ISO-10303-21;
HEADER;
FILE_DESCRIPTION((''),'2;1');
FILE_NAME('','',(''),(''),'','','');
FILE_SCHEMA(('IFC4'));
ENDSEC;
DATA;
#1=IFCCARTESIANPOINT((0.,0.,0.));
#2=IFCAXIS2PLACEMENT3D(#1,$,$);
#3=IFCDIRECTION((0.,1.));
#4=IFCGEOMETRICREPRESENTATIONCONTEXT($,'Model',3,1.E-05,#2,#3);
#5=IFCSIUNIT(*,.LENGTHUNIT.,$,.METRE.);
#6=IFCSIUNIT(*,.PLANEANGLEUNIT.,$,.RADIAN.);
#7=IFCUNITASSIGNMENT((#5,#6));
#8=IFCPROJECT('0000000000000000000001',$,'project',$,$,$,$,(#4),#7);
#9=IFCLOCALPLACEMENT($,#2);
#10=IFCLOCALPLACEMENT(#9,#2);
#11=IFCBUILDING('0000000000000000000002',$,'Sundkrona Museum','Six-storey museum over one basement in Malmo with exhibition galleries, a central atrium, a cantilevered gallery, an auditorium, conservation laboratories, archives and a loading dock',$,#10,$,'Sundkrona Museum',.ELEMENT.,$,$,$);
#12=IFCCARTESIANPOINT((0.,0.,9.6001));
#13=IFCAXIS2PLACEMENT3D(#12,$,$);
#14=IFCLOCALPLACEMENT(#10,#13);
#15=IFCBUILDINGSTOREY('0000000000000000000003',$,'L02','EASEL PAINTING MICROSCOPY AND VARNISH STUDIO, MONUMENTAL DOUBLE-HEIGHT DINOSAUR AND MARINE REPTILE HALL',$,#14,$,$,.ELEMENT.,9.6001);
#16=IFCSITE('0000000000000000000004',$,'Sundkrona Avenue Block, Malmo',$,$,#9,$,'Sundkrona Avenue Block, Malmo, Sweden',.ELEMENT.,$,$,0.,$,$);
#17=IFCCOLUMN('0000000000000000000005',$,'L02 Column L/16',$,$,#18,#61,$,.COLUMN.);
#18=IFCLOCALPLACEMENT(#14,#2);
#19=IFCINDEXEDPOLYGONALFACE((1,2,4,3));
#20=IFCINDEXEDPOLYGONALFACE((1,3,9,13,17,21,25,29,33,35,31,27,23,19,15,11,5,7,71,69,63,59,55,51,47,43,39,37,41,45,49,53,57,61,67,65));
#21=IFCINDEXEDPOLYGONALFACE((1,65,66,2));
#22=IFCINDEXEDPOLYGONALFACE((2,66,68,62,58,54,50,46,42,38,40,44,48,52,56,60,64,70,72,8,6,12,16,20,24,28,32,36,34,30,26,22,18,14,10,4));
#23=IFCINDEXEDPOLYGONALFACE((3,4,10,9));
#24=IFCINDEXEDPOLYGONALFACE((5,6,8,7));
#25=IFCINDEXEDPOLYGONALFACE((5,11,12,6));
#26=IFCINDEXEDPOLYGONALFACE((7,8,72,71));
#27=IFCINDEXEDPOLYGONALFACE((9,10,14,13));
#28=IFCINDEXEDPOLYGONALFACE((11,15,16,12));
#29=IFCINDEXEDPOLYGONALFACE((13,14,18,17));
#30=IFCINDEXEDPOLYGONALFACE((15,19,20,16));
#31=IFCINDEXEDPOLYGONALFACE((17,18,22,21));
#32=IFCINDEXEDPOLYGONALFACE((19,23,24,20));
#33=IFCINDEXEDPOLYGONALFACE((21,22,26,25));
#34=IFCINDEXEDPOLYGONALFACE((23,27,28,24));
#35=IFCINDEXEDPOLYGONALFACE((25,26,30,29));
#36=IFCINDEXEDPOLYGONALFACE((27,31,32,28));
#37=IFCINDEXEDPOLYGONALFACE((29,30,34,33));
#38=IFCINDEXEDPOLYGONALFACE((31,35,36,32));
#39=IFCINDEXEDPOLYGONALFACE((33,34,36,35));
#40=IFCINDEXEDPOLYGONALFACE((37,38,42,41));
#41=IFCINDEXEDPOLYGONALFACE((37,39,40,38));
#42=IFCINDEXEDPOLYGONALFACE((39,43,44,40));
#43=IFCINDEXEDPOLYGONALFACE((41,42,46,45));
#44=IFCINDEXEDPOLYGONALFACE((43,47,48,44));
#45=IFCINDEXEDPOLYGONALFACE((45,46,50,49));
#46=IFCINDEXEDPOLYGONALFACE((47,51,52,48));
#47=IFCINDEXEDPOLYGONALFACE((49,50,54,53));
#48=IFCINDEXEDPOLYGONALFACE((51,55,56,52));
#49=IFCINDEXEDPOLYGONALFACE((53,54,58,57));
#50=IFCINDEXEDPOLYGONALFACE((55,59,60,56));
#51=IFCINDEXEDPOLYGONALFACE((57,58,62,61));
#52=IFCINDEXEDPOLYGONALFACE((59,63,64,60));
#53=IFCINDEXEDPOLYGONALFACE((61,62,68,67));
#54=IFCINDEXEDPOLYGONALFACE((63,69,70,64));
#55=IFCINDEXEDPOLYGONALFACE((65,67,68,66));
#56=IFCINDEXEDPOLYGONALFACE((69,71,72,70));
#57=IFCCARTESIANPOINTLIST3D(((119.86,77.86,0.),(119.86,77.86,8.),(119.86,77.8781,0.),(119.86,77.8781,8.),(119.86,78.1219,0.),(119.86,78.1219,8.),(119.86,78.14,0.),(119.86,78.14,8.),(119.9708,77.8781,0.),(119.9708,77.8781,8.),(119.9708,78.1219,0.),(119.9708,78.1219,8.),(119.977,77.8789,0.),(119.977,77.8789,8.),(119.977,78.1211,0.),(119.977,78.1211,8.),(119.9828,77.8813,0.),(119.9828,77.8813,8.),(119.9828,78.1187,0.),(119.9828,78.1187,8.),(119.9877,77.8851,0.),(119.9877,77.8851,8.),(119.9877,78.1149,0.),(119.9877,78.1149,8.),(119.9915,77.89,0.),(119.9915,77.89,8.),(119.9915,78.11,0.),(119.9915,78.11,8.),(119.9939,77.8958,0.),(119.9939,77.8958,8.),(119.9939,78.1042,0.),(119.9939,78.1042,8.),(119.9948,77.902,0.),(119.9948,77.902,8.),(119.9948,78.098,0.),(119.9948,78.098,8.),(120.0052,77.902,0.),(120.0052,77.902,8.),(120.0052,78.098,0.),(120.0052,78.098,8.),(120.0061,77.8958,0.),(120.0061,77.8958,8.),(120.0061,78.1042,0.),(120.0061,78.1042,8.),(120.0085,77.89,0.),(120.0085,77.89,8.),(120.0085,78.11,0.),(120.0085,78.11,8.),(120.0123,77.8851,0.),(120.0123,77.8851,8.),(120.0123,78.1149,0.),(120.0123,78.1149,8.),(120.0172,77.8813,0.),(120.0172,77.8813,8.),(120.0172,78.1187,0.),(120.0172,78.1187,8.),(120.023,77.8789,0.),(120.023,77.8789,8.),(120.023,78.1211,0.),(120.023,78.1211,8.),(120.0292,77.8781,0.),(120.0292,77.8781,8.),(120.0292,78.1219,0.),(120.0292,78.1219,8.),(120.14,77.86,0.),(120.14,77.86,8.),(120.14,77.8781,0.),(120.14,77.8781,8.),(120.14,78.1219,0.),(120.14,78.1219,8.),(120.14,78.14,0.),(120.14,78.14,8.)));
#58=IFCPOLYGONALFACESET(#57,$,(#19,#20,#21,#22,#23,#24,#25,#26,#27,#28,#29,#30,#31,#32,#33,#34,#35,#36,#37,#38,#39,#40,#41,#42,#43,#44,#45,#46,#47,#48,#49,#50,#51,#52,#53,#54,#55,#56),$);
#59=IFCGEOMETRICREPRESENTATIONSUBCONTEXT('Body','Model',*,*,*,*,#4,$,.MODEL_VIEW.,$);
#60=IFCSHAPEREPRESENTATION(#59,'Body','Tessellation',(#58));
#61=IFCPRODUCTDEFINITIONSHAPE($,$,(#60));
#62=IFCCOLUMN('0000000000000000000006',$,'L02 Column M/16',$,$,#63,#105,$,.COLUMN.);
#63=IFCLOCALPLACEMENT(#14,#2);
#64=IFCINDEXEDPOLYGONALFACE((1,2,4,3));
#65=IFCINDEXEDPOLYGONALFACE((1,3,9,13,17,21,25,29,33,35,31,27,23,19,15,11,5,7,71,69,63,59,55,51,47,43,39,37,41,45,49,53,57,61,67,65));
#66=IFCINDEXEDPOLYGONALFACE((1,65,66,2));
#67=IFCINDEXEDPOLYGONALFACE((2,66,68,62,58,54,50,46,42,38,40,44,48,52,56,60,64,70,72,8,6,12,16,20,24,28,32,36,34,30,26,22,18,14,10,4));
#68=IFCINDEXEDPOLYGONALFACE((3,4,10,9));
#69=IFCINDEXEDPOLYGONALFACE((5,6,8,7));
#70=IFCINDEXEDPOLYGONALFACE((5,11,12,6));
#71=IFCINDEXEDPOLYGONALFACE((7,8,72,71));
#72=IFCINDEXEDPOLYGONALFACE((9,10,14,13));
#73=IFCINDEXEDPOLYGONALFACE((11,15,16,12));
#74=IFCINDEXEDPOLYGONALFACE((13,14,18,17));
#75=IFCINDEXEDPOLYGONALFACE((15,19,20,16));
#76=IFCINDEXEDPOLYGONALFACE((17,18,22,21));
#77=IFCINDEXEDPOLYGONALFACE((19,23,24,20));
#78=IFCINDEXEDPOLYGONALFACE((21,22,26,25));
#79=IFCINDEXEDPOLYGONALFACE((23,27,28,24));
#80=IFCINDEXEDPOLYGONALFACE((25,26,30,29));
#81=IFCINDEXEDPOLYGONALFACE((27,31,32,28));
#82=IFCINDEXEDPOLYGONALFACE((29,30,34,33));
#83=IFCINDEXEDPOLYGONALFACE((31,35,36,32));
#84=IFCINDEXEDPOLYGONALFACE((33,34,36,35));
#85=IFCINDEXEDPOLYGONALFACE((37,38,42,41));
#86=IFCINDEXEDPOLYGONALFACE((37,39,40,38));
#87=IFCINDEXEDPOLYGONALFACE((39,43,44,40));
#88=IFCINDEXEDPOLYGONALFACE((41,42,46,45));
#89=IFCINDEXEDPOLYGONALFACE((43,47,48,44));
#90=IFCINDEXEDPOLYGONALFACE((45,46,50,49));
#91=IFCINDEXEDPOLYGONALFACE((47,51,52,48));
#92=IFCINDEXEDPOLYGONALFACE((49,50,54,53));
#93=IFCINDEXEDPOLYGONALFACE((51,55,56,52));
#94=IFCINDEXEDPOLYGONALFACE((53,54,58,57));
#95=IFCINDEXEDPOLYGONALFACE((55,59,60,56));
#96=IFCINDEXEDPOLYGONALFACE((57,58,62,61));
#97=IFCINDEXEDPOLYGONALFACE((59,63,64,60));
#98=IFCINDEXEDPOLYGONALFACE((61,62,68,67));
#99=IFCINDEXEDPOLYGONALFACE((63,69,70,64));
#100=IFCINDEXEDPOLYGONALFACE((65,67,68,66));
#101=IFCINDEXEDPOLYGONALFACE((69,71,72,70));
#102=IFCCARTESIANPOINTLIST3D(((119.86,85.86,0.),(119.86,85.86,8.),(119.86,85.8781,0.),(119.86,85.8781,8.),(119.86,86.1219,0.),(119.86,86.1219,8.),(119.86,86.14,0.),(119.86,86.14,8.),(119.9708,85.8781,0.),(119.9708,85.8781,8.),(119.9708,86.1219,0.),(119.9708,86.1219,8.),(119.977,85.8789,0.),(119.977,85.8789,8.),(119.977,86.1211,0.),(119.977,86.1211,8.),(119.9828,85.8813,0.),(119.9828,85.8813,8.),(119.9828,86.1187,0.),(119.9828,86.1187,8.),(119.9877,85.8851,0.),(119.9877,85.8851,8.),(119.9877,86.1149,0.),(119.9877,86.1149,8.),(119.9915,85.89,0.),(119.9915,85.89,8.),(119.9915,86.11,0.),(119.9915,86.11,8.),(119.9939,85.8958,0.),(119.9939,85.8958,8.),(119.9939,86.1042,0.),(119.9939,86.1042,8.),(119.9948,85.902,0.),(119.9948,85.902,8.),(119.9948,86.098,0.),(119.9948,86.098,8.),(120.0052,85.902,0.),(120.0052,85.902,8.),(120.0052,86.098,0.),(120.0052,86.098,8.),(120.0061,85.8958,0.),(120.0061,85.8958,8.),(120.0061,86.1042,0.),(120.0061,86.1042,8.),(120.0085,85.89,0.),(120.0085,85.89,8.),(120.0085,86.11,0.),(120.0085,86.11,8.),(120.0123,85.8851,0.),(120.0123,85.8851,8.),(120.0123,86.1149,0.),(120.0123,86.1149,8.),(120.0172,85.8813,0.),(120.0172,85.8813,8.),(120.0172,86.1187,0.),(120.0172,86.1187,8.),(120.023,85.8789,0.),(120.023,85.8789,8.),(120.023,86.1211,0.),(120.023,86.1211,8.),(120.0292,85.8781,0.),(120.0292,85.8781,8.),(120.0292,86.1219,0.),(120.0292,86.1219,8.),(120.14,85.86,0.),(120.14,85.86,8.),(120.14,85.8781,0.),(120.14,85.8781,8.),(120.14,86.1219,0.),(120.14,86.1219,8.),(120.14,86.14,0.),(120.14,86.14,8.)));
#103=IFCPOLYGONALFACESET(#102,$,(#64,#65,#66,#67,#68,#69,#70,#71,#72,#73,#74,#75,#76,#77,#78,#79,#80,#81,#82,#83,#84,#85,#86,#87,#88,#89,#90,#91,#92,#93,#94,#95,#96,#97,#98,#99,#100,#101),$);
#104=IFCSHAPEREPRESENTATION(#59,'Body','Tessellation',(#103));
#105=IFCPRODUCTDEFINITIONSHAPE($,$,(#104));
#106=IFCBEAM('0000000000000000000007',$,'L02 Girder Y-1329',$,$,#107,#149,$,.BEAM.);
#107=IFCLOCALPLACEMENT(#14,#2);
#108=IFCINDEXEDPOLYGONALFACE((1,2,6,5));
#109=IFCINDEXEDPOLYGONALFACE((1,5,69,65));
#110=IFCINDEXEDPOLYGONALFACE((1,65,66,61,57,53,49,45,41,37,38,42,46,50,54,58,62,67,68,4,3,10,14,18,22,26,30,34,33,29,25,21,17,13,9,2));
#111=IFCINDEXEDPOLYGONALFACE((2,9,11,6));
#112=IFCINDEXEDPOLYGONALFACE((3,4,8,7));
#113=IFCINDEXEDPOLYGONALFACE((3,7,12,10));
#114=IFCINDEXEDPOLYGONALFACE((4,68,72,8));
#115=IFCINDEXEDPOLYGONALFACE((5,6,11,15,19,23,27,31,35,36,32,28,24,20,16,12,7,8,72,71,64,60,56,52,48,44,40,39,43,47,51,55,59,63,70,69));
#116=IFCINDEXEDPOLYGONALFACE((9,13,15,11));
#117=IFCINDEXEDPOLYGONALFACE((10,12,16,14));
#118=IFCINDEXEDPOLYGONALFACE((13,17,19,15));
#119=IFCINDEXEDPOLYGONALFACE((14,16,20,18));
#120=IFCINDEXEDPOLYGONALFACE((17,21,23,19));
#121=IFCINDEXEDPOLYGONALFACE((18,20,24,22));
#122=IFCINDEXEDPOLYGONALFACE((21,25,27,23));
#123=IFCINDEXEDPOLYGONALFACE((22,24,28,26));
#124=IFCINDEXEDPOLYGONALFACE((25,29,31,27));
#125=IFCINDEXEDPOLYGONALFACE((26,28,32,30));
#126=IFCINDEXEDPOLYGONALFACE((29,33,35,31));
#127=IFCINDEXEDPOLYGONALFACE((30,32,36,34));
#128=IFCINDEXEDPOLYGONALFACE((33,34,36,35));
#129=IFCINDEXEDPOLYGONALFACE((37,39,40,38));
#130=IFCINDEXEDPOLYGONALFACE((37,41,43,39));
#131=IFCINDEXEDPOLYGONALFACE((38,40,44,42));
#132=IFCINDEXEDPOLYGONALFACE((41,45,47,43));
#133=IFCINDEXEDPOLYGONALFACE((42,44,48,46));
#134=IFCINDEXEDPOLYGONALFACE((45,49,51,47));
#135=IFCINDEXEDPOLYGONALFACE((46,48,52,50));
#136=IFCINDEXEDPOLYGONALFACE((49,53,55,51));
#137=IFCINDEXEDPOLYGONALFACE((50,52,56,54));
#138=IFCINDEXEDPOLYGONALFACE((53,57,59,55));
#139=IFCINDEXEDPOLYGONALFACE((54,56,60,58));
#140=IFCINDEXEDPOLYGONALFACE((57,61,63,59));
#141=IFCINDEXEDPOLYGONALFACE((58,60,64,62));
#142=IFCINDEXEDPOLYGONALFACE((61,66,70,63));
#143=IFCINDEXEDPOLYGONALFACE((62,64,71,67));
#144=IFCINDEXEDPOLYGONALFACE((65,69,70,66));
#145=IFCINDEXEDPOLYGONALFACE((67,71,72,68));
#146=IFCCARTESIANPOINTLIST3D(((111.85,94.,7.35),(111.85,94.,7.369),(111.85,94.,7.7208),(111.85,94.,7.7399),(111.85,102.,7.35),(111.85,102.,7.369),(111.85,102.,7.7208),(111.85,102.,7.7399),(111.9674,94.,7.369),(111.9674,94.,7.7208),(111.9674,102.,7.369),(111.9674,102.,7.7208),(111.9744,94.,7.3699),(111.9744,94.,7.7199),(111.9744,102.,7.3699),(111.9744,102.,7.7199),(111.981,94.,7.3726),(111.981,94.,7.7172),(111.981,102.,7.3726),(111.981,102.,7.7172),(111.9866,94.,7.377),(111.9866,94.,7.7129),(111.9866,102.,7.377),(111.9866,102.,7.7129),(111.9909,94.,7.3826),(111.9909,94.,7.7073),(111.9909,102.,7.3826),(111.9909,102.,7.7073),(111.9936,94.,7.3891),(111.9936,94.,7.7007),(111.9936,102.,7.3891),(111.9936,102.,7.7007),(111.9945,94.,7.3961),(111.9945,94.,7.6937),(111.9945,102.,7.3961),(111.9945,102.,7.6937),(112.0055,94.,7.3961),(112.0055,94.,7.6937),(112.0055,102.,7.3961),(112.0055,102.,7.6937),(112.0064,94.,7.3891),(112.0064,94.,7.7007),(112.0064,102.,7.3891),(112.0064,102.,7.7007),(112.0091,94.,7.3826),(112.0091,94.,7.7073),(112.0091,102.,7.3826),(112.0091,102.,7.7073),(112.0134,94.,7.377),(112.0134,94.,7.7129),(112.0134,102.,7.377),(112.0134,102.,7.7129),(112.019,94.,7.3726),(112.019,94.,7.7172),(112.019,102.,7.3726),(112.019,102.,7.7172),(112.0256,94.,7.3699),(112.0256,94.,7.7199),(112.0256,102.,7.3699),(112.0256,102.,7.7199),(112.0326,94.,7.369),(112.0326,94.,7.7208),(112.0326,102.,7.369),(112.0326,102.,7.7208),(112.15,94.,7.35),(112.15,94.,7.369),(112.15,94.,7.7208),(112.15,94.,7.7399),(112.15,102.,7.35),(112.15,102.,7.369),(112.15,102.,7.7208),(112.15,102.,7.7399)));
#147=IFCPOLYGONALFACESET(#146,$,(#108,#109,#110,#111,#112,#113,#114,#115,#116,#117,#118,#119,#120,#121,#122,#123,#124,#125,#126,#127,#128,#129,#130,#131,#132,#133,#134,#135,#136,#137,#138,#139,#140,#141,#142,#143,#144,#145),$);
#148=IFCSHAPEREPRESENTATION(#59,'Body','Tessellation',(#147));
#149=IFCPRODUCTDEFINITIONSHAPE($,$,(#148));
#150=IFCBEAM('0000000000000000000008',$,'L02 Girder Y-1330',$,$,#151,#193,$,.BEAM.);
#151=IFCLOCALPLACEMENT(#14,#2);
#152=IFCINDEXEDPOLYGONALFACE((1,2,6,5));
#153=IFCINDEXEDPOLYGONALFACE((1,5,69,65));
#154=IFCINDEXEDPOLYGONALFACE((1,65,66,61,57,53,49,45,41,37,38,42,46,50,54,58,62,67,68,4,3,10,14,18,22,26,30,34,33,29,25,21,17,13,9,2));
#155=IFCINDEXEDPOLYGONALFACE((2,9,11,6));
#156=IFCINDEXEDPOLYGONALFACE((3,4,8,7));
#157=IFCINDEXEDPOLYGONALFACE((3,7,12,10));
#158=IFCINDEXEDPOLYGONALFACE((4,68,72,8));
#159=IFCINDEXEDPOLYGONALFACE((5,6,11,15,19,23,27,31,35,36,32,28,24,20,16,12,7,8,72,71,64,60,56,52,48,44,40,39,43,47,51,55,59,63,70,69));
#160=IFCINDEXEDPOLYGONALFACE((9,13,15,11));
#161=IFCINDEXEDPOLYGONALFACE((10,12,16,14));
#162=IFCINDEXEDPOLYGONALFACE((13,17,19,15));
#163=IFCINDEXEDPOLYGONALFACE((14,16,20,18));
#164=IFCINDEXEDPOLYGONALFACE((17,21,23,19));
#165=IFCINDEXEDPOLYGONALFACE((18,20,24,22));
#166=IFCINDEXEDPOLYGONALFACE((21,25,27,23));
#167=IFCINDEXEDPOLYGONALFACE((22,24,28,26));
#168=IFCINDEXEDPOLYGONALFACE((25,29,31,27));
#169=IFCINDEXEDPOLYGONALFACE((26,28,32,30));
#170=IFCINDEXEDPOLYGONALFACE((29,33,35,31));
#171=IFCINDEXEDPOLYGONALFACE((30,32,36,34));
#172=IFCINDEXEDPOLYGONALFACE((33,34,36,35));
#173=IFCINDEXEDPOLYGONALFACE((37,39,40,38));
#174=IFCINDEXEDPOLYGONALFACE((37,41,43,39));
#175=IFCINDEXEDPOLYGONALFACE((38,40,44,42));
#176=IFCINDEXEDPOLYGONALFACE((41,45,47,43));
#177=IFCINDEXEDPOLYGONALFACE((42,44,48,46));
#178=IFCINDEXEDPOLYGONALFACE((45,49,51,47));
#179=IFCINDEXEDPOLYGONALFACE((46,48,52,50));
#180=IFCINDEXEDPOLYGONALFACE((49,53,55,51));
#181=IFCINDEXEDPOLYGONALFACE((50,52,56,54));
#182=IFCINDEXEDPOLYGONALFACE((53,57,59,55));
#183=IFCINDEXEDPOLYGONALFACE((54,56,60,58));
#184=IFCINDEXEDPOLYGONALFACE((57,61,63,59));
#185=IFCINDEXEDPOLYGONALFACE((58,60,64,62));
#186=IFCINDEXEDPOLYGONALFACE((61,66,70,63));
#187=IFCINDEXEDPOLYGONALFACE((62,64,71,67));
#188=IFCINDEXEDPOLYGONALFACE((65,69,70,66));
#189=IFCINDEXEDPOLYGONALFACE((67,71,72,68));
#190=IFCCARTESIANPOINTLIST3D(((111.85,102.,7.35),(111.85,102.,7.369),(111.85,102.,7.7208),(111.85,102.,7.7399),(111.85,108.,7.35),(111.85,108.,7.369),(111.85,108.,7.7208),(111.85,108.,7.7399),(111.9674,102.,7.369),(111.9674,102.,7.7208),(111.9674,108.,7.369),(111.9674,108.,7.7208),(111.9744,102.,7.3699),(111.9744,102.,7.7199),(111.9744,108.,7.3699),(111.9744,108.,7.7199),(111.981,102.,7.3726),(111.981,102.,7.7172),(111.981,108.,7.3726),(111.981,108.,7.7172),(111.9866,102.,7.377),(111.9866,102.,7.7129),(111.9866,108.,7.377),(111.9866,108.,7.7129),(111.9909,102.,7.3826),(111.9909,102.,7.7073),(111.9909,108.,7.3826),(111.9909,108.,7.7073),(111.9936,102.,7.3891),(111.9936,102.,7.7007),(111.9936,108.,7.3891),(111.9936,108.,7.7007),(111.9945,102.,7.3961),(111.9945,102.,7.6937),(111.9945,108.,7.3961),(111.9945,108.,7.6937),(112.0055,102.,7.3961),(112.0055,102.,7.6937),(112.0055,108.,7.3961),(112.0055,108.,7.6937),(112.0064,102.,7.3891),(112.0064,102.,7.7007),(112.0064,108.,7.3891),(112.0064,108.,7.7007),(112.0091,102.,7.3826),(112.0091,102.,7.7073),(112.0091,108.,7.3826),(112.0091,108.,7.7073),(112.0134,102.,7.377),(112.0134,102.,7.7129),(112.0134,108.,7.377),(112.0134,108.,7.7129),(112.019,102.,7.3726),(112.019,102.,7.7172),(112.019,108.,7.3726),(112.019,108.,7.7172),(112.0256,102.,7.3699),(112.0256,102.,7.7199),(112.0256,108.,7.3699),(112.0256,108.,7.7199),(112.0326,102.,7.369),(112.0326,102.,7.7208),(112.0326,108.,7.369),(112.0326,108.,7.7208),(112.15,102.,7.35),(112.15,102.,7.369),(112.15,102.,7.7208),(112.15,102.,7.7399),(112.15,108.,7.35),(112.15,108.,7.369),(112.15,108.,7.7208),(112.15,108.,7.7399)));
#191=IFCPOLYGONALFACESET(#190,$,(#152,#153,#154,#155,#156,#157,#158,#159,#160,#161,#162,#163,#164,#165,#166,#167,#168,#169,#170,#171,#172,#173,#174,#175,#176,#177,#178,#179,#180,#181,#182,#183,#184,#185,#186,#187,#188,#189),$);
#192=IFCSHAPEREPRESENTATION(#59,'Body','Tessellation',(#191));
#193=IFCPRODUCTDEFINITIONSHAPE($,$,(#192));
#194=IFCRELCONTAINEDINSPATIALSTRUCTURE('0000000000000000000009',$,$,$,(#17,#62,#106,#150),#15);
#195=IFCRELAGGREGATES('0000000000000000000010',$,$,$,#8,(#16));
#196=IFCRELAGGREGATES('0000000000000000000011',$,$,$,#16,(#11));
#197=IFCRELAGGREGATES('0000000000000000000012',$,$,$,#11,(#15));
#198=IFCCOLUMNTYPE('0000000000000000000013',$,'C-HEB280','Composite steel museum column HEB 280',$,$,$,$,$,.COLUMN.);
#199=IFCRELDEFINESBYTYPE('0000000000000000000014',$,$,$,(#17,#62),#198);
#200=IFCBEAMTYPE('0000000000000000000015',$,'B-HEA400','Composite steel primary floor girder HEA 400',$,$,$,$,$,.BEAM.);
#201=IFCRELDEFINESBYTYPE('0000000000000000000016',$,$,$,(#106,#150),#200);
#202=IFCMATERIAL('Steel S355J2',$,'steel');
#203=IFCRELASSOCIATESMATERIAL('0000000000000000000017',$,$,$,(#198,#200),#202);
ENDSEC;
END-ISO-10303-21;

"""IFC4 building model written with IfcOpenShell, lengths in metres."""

from ifc_helpers import new_model, si_unit, direction, frame, origin, origin_2d, place, context, subcontext, project, spatial, i_section, extrude, material, material_profile, profile_set, type_object, element, save


model = new_model("IFC4")

# Units and contexts
model_context = context("Model", 3, precision=1e-05, world=origin(), true_north=direction((0.0, 1.0)))
body_context = subcontext(model_context, "Body", "Model", "MODEL_VIEW")
ifc_project = project(units=[si_unit("LENGTHUNIT", "METRE"), si_unit("PLANEANGLEUNIT", "RADIAN")], contexts=[model_context])

# Site, building, storey
site_placement = place(None, origin())
site = spatial("IfcSite", under=ifc_project, at=site_placement, Name="Sundkrona Avenue Block, Malmo", LongName="Sundkrona Avenue Block, Malmo, Sweden", CompositionType="ELEMENT", RefElevation=0.0)
building_placement = place(site_placement, origin())
building = spatial("IfcBuilding", under=site, at=building_placement, Name="Sundkrona Museum", Description="Six-storey museum over one basement in Malmo with exhibition galleries, a central atrium, a cantilevered gallery, an auditorium, conservation laboratories, archives and a loading dock", LongName="Sundkrona Museum", CompositionType="ELEMENT")
storey_placement = place(building_placement, frame((0.0, 0.0, 9.6001)))
storey = spatial("IfcBuildingStorey", under=building, at=storey_placement, Name="L02", Description="EASEL PAINTING MICROSCOPY AND VARNISH STUDIO, MONUMENTAL DOUBLE-HEIGHT DINOSAUR AND MARINE REPTILE HALL", CompositionType="ELEMENT", Elevation=9.6001)

# Columns
ifc_material_1 = material(Name="Steel S355J2", Category="steel")
ifc_material_profile_1 = material_profile(ifc_material_1, i_section(OverallWidth=0.28, OverallDepth=0.28, WebThickness=0.0105, FlangeThickness=0.0181, FilletRadius=0.0239, at=origin_2d()), Name="HEB 280")
ifc_profile_set_1 = profile_set([ifc_material_profile_1], Name="Steel S355J2")
column_type = type_object("IfcColumnType", Name="C-HEB280", Description="Composite steel museum column HEB 280", PredefinedType="COLUMN", material=ifc_profile_set_1)
for number, where, z_axis, x_axis, name in (
    (1, (120.0, 78.0, 0.0), (0.0, 0.0, 1.0), (1.0, 0.0, 0.0), "L02 Column L/16"),
    (2, (120.0, 86.0, 0.0), (0.0, 0.0, 1.0), (1.0, 0.0, 0.0), "L02 Column M/16"),
):
    element("IfcColumn", number, at=place(storey_placement, frame(where, z_axis=z_axis, x_axis=x_axis)), inside=storey, type_object=column_type, Name=name, PredefinedType="COLUMN", context=body_context, shape_type="SweptSolid", body=[
        extrude(i_section(OverallWidth=0.28, OverallDepth=0.28, WebThickness=0.0105, FlangeThickness=0.0181, FilletRadius=0.0239, at=origin_2d()), origin(), (0.0, 0.0, 1.0), 8.0),
    ])

# Beams
ifc_material_profile_2 = material_profile(ifc_material_1, i_section(OverallWidth=0.3, OverallDepth=0.3899, WebThickness=0.011, FlangeThickness=0.019, FilletRadius=0.0271, at=origin_2d()), Name="HEA 400")
ifc_profile_set_2 = profile_set([ifc_material_profile_2], Name="Steel S355J2")
beam_type_1 = type_object("IfcBeamType", Name="B-HEA400", Description="Composite steel primary floor girder HEA 400", PredefinedType="BEAM", material=ifc_profile_set_2)
beam_1_placement = place(storey_placement, frame((112.0, 94.0, 7.5449), z_axis=(0.0, 1.0, 0.0), x_axis=(-1.0, 0.0, 0.0)))
element("IfcBeam", 3, at=beam_1_placement, inside=storey, type_object=beam_type_1, Name="L02 Girder Y-1329", PredefinedType="BEAM", context=body_context, shape_type="SweptSolid", body=[
    extrude(i_section(OverallWidth=0.3, OverallDepth=0.3899, WebThickness=0.011, FlangeThickness=0.019, FilletRadius=0.0271, at=origin_2d()), origin(), (0.0, 0.0, 1.0), 8.0),
])
beam_2_placement = place(storey_placement, frame((112.0, 102.0, 7.5449), z_axis=(0.0, 1.0, 0.0), x_axis=(-1.0, 0.0, 0.0)))
element("IfcBeam", 4, at=beam_2_placement, inside=storey, type_object=beam_type_1, Name="L02 Girder Y-1330", PredefinedType="BEAM", context=body_context, shape_type="SweptSolid", body=[
    extrude(i_section(OverallWidth=0.3, OverallDepth=0.3899, WebThickness=0.011, FlangeThickness=0.019, FilletRadius=0.0271, at=origin_2d()), origin(), (0.0, 0.0, 1.0), 6.0),
])

save(model, "model.ifc")
